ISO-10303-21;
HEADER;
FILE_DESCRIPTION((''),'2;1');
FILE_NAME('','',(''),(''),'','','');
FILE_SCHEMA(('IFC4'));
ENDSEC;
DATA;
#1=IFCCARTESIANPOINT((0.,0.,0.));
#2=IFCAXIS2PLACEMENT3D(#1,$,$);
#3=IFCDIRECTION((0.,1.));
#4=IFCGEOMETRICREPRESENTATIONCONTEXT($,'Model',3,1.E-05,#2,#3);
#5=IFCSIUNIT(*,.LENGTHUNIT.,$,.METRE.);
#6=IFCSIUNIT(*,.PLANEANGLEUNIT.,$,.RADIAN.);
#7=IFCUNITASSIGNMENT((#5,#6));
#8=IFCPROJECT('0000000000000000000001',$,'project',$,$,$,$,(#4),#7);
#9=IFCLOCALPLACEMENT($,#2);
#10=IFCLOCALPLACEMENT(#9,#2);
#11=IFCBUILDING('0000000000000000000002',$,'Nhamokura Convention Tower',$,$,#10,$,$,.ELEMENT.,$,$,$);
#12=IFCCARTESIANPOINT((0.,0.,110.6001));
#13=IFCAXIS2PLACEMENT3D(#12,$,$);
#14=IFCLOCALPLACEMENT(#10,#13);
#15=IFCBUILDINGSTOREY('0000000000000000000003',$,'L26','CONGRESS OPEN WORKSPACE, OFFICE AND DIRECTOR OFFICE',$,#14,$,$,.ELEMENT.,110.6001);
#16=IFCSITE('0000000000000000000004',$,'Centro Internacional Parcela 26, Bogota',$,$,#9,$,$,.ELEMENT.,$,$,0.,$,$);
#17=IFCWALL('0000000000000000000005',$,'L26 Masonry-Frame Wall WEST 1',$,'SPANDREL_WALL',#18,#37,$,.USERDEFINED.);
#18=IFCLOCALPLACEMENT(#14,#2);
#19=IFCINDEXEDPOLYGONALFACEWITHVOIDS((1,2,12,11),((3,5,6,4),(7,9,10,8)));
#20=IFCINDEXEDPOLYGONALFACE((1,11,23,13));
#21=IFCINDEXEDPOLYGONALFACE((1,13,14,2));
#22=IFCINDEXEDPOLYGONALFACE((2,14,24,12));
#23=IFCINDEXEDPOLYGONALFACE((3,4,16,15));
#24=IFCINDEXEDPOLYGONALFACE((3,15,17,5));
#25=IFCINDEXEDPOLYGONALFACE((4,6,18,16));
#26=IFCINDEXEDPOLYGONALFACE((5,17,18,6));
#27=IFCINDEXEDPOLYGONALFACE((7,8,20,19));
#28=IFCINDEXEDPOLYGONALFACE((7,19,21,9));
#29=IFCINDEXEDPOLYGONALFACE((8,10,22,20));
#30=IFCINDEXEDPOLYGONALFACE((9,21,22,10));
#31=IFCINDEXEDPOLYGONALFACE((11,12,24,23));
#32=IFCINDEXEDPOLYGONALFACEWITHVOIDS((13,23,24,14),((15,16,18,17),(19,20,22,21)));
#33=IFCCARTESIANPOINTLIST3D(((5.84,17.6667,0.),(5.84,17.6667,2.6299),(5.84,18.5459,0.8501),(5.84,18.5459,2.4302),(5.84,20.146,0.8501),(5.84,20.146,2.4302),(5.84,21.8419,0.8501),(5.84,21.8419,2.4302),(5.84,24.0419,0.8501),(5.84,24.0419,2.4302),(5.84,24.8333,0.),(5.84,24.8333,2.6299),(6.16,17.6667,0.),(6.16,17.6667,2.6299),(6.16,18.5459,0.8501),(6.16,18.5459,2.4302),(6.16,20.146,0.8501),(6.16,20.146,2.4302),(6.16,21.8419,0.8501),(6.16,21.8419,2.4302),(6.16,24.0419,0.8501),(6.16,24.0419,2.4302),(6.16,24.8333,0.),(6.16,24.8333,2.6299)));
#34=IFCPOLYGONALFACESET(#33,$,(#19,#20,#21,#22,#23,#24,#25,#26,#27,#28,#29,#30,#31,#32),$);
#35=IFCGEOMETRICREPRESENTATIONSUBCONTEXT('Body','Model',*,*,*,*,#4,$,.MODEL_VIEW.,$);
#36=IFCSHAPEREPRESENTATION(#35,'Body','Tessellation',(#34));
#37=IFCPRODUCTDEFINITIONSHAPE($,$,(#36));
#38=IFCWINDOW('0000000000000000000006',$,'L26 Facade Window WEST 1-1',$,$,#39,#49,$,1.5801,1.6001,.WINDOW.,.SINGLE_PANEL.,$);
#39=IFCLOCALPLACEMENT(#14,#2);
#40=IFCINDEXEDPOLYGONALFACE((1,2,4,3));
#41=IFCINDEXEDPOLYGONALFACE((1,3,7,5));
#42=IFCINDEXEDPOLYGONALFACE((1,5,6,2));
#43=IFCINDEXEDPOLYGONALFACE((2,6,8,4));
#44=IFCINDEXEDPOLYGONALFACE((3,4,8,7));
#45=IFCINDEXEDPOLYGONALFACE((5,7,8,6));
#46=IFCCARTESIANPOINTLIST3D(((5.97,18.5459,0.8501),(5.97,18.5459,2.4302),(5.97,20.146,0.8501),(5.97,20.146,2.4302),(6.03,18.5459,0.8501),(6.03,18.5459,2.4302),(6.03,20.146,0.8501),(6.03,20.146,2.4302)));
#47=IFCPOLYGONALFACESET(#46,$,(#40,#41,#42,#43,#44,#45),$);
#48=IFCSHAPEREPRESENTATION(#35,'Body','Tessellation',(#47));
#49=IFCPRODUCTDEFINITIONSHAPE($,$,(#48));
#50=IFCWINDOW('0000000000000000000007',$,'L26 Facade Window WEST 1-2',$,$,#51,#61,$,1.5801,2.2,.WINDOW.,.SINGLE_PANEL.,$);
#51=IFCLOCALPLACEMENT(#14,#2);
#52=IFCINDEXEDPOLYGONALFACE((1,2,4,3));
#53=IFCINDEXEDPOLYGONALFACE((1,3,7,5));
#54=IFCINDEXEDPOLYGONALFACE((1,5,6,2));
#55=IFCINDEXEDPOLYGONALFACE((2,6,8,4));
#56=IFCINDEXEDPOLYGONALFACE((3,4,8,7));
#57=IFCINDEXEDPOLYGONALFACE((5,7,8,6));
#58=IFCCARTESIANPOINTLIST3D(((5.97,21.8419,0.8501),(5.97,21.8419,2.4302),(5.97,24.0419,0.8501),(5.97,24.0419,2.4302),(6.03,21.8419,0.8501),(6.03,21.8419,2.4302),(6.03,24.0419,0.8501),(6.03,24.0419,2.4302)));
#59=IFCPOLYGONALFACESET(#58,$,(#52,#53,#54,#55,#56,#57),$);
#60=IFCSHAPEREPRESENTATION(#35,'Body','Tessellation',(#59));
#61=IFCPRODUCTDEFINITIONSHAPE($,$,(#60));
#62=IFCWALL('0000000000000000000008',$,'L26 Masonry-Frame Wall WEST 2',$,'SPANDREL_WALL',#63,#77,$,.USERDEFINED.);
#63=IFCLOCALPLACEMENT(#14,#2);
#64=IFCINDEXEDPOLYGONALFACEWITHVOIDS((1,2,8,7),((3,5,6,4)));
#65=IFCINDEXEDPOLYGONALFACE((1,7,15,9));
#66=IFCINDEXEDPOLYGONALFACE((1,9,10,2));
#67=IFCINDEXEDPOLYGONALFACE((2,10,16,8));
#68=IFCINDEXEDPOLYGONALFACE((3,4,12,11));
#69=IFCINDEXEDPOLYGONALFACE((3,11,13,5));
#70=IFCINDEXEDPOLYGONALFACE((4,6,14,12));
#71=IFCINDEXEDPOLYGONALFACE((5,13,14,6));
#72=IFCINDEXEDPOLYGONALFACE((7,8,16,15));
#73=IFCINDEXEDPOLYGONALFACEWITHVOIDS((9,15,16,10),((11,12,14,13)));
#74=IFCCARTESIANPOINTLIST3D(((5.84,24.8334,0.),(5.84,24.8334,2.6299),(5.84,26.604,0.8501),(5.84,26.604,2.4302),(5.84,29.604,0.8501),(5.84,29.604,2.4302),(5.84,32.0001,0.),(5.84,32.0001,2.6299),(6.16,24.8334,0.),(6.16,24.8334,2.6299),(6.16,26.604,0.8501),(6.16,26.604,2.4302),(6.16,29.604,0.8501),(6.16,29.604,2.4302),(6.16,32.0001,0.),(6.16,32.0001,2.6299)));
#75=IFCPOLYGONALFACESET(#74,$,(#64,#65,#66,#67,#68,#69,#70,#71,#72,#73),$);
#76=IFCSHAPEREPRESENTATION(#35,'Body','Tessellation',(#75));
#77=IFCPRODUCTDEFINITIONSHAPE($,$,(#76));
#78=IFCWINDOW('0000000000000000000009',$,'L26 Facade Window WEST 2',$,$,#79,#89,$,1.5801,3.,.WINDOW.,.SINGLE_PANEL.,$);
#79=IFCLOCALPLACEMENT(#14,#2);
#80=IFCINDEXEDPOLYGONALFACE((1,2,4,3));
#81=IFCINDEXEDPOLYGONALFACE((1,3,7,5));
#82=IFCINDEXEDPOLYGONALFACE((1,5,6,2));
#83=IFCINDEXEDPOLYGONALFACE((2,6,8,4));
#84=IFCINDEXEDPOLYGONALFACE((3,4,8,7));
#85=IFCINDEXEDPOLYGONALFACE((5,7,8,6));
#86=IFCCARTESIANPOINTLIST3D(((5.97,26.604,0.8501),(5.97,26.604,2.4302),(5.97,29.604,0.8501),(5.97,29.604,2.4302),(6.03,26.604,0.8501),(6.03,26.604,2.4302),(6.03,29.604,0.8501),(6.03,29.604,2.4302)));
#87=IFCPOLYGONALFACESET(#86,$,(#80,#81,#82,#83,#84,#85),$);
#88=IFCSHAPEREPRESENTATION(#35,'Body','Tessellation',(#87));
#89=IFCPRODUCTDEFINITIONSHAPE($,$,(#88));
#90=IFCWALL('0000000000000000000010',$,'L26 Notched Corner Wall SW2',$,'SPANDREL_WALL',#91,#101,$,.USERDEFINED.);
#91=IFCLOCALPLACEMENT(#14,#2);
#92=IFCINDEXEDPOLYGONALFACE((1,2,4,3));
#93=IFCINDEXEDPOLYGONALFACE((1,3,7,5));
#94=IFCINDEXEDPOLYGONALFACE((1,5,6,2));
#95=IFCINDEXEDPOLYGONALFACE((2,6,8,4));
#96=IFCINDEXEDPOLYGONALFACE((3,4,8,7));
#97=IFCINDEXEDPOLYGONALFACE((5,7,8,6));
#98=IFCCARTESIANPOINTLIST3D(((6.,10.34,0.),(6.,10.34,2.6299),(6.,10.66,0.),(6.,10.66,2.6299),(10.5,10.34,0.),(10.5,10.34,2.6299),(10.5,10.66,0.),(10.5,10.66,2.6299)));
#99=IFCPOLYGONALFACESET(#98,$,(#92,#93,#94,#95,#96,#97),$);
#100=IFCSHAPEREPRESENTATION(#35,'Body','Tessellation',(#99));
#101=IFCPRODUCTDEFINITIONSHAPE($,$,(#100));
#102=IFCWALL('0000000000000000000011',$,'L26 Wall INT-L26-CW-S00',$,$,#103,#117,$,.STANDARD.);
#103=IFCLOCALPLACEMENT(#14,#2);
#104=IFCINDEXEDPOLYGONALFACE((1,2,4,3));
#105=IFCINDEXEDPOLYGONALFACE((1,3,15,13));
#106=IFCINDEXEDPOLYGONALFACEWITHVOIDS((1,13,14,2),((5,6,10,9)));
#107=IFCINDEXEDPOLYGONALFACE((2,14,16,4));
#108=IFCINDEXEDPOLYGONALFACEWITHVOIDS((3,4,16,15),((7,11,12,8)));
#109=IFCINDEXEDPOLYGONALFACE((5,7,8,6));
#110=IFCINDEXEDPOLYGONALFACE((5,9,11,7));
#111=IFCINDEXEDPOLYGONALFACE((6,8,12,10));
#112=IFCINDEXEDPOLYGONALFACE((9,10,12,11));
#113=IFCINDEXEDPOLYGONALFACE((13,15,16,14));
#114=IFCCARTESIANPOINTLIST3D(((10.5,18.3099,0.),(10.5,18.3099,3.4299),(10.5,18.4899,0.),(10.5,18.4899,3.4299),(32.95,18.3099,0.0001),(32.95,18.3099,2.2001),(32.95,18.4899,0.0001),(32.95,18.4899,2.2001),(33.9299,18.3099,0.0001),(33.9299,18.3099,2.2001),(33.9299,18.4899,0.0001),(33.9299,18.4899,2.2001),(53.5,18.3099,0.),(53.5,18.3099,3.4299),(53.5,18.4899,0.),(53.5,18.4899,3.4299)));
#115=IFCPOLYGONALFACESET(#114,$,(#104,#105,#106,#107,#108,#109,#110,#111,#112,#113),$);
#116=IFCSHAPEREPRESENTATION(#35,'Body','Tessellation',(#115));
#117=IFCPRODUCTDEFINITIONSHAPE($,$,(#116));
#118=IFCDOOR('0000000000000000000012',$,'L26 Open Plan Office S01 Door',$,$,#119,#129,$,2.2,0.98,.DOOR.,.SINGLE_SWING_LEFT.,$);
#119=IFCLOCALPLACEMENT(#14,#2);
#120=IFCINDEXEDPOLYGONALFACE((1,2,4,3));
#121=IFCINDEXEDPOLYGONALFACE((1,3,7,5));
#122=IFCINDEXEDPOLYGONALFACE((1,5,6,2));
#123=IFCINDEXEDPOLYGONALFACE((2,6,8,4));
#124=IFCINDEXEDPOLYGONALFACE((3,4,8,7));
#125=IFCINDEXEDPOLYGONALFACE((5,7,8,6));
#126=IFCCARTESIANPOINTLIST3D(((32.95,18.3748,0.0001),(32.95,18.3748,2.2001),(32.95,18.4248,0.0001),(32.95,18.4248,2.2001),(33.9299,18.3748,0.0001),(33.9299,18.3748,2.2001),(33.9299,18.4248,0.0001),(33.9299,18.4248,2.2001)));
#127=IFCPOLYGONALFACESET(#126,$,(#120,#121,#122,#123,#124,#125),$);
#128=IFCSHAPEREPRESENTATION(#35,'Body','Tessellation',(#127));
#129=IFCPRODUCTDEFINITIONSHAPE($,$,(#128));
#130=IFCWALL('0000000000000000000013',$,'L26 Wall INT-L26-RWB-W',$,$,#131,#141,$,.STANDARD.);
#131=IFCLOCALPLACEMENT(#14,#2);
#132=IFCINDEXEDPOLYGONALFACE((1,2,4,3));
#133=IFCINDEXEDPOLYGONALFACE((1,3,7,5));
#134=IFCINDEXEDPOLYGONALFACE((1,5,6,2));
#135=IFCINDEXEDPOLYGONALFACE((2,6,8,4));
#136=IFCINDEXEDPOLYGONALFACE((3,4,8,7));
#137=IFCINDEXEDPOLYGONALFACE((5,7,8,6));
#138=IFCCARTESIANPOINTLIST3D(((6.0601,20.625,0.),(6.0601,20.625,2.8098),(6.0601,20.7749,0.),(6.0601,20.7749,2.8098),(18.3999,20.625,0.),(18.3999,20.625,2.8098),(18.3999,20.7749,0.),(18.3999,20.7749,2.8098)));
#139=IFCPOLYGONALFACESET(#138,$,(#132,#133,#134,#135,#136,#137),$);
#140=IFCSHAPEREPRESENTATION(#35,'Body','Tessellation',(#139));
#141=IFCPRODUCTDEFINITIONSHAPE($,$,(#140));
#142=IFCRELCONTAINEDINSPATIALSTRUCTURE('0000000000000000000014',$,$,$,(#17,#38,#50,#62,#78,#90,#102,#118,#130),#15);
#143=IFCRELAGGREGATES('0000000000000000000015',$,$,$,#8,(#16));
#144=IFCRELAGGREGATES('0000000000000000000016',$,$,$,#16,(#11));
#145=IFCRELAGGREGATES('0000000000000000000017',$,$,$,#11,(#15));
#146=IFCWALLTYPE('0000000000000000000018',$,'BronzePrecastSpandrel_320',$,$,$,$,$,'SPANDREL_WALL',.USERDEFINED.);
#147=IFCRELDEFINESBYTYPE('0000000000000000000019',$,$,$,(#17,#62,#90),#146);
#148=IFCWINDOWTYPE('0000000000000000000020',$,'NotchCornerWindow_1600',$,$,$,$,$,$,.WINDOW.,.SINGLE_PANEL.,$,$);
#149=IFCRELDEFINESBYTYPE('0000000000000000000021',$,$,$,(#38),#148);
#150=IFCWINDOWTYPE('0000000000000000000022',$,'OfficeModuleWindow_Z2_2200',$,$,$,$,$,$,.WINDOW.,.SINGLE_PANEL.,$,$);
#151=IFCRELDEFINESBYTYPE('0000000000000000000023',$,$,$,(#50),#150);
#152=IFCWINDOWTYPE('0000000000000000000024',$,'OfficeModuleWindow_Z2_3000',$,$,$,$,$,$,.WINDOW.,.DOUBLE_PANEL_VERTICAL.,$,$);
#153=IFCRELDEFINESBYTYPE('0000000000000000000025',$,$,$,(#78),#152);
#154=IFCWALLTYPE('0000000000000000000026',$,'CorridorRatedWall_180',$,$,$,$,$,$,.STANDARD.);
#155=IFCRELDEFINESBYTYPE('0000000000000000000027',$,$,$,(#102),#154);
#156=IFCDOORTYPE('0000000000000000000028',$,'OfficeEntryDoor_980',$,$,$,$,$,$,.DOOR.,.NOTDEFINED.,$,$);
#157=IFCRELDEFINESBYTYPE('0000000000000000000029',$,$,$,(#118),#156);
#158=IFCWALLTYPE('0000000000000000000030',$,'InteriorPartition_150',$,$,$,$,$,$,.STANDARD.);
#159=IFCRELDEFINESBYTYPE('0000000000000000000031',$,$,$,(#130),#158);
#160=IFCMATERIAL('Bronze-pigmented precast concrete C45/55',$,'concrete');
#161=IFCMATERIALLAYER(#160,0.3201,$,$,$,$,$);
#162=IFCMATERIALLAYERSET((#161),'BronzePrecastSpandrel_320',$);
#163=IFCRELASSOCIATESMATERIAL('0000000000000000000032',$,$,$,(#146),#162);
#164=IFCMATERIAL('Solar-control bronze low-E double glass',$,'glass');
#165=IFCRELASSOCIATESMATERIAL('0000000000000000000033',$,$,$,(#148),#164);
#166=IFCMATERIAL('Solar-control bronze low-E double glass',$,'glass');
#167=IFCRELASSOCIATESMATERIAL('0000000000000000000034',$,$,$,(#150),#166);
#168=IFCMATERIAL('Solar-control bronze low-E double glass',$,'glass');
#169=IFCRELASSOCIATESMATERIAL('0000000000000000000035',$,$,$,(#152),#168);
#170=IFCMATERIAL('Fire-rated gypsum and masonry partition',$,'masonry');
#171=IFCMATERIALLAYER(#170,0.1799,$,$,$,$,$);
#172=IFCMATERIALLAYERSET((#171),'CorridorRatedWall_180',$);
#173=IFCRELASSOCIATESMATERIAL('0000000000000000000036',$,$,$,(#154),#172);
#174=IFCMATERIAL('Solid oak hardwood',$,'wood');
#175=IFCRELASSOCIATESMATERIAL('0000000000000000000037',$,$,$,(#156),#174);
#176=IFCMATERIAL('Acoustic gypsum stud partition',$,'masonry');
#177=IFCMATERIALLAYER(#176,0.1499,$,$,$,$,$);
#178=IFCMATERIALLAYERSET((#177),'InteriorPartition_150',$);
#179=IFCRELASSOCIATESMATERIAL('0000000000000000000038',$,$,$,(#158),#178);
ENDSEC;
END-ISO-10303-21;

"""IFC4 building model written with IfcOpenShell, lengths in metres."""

from ifc_helpers import new_model, si_unit, direction, frame, frame_2d, origin, place, context, subcontext, project, spatial, rectangle, extrude, material, layer, layer_set, type_object, element, fill, save


model = new_model("IFC4")

# Units and contexts
model_context = context("Model", 3, precision=1e-05, world=origin(), true_north=direction((0.0, 1.0)))
body_context = subcontext(model_context, "Body", "Model", "MODEL_VIEW")
ifc_project = project(units=[si_unit("LENGTHUNIT", "METRE"), si_unit("PLANEANGLEUNIT", "RADIAN")], contexts=[model_context])

# Site, building, storey
site_placement = place(None, origin())
site = spatial("IfcSite", under=ifc_project, at=site_placement, Name="Centro Internacional Parcela 26, Bogota", CompositionType="ELEMENT", RefElevation=0.0)
building_placement = place(site_placement, origin())
building = spatial("IfcBuilding", under=site, at=building_placement, Name="Nhamokura Convention Tower", CompositionType="ELEMENT")
storey_placement = place(building_placement, frame((0.0, 0.0, 110.6001)))
storey = spatial("IfcBuildingStorey", under=building, at=storey_placement, Name="L26", Description="CONGRESS OPEN WORKSPACE, OFFICE AND DIRECTOR OFFICE", CompositionType="ELEMENT", Elevation=110.6001)

# Wall, openings, windows
ifc_material_1 = material(Name="Bronze-pigmented precast concrete C45/55", Category="concrete")
ifc_layer_1 = layer(ifc_material_1, 0.3201)
ifc_layer_set_1 = layer_set([ifc_layer_1], Name="BronzePrecastSpandrel_320")
wall_type_1 = type_object("IfcWallType", Name="BronzePrecastSpandrel_320", ElementType="SPANDREL_WALL", PredefinedType="USERDEFINED", material=ifc_layer_set_1)
wall_1_placement = place(storey_placement, frame((6.0, 17.6667, 0.0), z_axis=(0.0, 0.0, 1.0), x_axis=(0.0, 1.0, 0.0)))
wall_1 = element("IfcWall", 1, at=wall_1_placement, inside=storey, type_object=wall_type_1, Name="L26 Masonry-Frame Wall WEST 1", ObjectType="SPANDREL_WALL", PredefinedType="USERDEFINED", context=body_context, shape_type="SweptSolid", body=[
    extrude(rectangle(XDim=7.1665, YDim=0.3201, at=frame_2d((3.5833, 0.0))), origin(), (0.0, 0.0, 1.0), 2.6299),
])
opening_1_placement = place(wall_1_placement, frame((0.8792, 0.0, 0.8501)))
opening_1 = element("IfcOpeningElement", 2, at=opening_1_placement, cuts=wall_1, PredefinedType="OPENING", context=body_context, shape_type="SweptSolid", body=[
    extrude(rectangle(XDim=1.6001, YDim=1.5801, at=frame_2d((0.8, 0.79))), frame((0.0, 0.1699, 0.0), z_axis=(0.0, -1.0, 0.0), x_axis=(1.0, 0.0, 0.0)), (0.0, 0.0, 1.0), 0.3401),
])
opening_2_placement = place(wall_1_placement, frame((4.175, 0.0, 0.8501)))
opening_2 = element("IfcOpeningElement", 3, at=opening_2_placement, cuts=wall_1, PredefinedType="OPENING", context=body_context, shape_type="SweptSolid", body=[
    extrude(rectangle(XDim=2.2, YDim=1.5801, at=frame_2d((1.1001, 0.79))), frame((0.0, 0.1699, 0.0), z_axis=(0.0, -1.0, 0.0), x_axis=(1.0, 0.0, 0.0)), (0.0, 0.0, 1.0), 0.3401),
])
ifc_material_2 = material(Name="Solar-control bronze low-E double glass", Category="glass")
window_type_1 = type_object("IfcWindowType", Name="NotchCornerWindow_1600", PartitioningType="SINGLE_PANEL", PredefinedType="WINDOW", material=ifc_material_2)
window_1_placement = place(opening_1_placement, origin())
window_1 = element("IfcWindow", 4, at=window_1_placement, inside=storey, type_object=window_type_1, Name="L26 Facade Window WEST 1-1", OverallHeight=1.5801, OverallWidth=1.6001, PartitioningType="SINGLE_PANEL", PredefinedType="WINDOW", context=body_context, shape_type="SweptSolid", body=[
    extrude(rectangle(XDim=1.6001, YDim=1.5801, at=frame_2d((0.8, 0.79))), frame((0.0, 0.03, 0.0), z_axis=(0.0, -1.0, 0.0), x_axis=(1.0, 0.0, 0.0)), (0.0, 0.0, 1.0), 0.0601),
])
fill(opening_1, window_1)
ifc_material_3 = material(Name="Solar-control bronze low-E double glass", Category="glass")
window_type_2 = type_object("IfcWindowType", Name="OfficeModuleWindow_Z2_2200", PartitioningType="SINGLE_PANEL", PredefinedType="WINDOW", material=ifc_material_3)
window_2_placement = place(opening_2_placement, origin())
window_2 = element("IfcWindow", 5, at=window_2_placement, inside=storey, type_object=window_type_2, Name="L26 Facade Window WEST 1-2", OverallHeight=1.5801, OverallWidth=2.2, PartitioningType="SINGLE_PANEL", PredefinedType="WINDOW", context=body_context, shape_type="SweptSolid", body=[
    extrude(rectangle(XDim=2.2, YDim=1.5801, at=frame_2d((1.1001, 0.79))), frame((0.0, 0.03, 0.0), z_axis=(0.0, -1.0, 0.0), x_axis=(1.0, 0.0, 0.0)), (0.0, 0.0, 1.0), 0.0601),
])
fill(opening_2, window_2)

# Wall, opening, window
wall_2_placement = place(storey_placement, frame((6.0, 24.8333, 0.0), z_axis=(0.0, 0.0, 1.0), x_axis=(0.0, 1.0, 0.0)))
wall_2 = element("IfcWall", 6, at=wall_2_placement, inside=storey, type_object=wall_type_1, Name="L26 Masonry-Frame Wall WEST 2", ObjectType="SPANDREL_WALL", PredefinedType="USERDEFINED", context=body_context, shape_type="SweptSolid", body=[
    extrude(rectangle(XDim=7.1667, YDim=0.3201, at=frame_2d((3.5835, 0.0))), origin(), (0.0, 0.0, 1.0), 2.6299),
])
opening_3_placement = place(wall_2_placement, frame((1.7708, 0.0, 0.8501)))
opening_3 = element("IfcOpeningElement", 7, at=opening_3_placement, cuts=wall_2, PredefinedType="OPENING", context=body_context, shape_type="SweptSolid", body=[
    extrude(rectangle(XDim=3.0, YDim=1.5801, at=frame_2d((1.5, 0.79))), frame((0.0, 0.1699, 0.0), z_axis=(0.0, -1.0, 0.0), x_axis=(1.0, 0.0, 0.0)), (0.0, 0.0, 1.0), 0.3401),
])
ifc_material_4 = material(Name="Solar-control bronze low-E double glass", Category="glass")
window_type_3 = type_object("IfcWindowType", Name="OfficeModuleWindow_Z2_3000", PartitioningType="DOUBLE_PANEL_VERTICAL", PredefinedType="WINDOW", material=ifc_material_4)
window_3_placement = place(opening_3_placement, origin())
window_3 = element("IfcWindow", 8, at=window_3_placement, inside=storey, type_object=window_type_3, Name="L26 Facade Window WEST 2", OverallHeight=1.5801, OverallWidth=3.0, PartitioningType="SINGLE_PANEL", PredefinedType="WINDOW", context=body_context, shape_type="SweptSolid", body=[
    extrude(rectangle(XDim=3.0, YDim=1.5801, at=frame_2d((1.5, 0.79))), frame((0.0, 0.03, 0.0), z_axis=(0.0, -1.0, 0.0), x_axis=(1.0, 0.0, 0.0)), (0.0, 0.0, 1.0), 0.0601),
])
fill(opening_3, window_3)

# Wall
wall_3_placement = place(storey_placement, frame((10.5, 10.5, 0.0), z_axis=(0.0, 0.0, 1.0), x_axis=(-1.0, 0.0, 0.0)))
element("IfcWall", 9, at=wall_3_placement, inside=storey, type_object=wall_type_1, Name="L26 Notched Corner Wall SW2", ObjectType="SPANDREL_WALL", PredefinedType="USERDEFINED", context=body_context, shape_type="SweptSolid", body=[
    extrude(rectangle(XDim=4.5, YDim=0.3201, at=frame_2d((2.25, 0.0))), origin(), (0.0, 0.0, 1.0), 2.6299),
])

# Wall, opening, door
ifc_material_5 = material(Name="Fire-rated gypsum and masonry partition", Category="masonry")
ifc_layer_2 = layer(ifc_material_5, 0.1799)
ifc_layer_set_2 = layer_set([ifc_layer_2], Name="CorridorRatedWall_180")
wall_type_2 = type_object("IfcWallType", Name="CorridorRatedWall_180", PredefinedType="STANDARD", material=ifc_layer_set_2)
wall_4_placement = place(storey_placement, frame((10.5, 18.3999, 0.0), z_axis=(0.0, 0.0, 1.0), x_axis=(1.0, 0.0, 0.0)))
wall_4 = element("IfcWall", 10, at=wall_4_placement, inside=storey, type_object=wall_type_2, Name="L26 Wall INT-L26-CW-S00", PredefinedType="STANDARD", context=body_context, shape_type="SweptSolid", body=[
    extrude(rectangle(XDim=43.0, YDim=0.1799, at=frame_2d((21.5, 0.0))), origin(), (0.0, 0.0, 1.0), 3.4299),
])
opening_4_placement = place(wall_4_placement, frame((22.45, 0.0, 0.0)))
opening_4 = element("IfcOpeningElement", 11, at=opening_4_placement, cuts=wall_4, PredefinedType="OPENING", context=body_context, shape_type="SweptSolid", body=[
    extrude(rectangle(XDim=0.98, YDim=2.2, at=frame_2d((0.49, 1.1001))), frame((0.0, 0.0999, 0.0), z_axis=(0.0, -1.0, 0.0), x_axis=(1.0, 0.0, 0.0)), (0.0, 0.0, 1.0), 0.2),
])
ifc_material_6 = material(Name="Solid oak hardwood", Category="wood")
door_type = type_object("IfcDoorType", Name="OfficeEntryDoor_980", OperationType="NOTDEFINED", PredefinedType="DOOR", material=ifc_material_6)
door_placement = place(opening_4_placement, origin())
door = element("IfcDoor", 12, at=door_placement, inside=storey, type_object=door_type, Name="L26 Open Plan Office S01 Door", OperationType="SINGLE_SWING_LEFT", OverallHeight=2.2, OverallWidth=0.98, PredefinedType="DOOR", context=body_context, shape_type="SweptSolid", body=[
    extrude(rectangle(XDim=0.98, YDim=2.2, at=frame_2d((0.49, 1.1001))), frame((0.0, 0.0249, 0.0), z_axis=(0.0, -1.0, 0.0), x_axis=(1.0, 0.0, 0.0)), (0.0, 0.0, 1.0), 0.05),
])
fill(opening_4, door)

# Wall
ifc_material_7 = material(Name="Acoustic gypsum stud partition", Category="masonry")
ifc_layer_3 = layer(ifc_material_7, 0.1499)
ifc_layer_set_3 = layer_set([ifc_layer_3], Name="InteriorPartition_150")
wall_type_3 = type_object("IfcWallType", Name="InteriorPartition_150", PredefinedType="STANDARD", material=ifc_layer_set_3)
wall_5_placement = place(storey_placement, frame((6.0601, 20.7, 0.0), z_axis=(0.0, 0.0, 1.0), x_axis=(1.0, 0.0, 0.0)))
element("IfcWall", 13, at=wall_5_placement, inside=storey, type_object=wall_type_3, Name="L26 Wall INT-L26-RWB-W", PredefinedType="STANDARD", context=body_context, shape_type="SweptSolid", body=[
    extrude(rectangle(XDim=12.3398, YDim=0.1499, at=frame_2d((6.1699, 0.0))), origin(), (0.0, 0.0, 1.0), 2.8098),
])

save(model, "model.ifc")
